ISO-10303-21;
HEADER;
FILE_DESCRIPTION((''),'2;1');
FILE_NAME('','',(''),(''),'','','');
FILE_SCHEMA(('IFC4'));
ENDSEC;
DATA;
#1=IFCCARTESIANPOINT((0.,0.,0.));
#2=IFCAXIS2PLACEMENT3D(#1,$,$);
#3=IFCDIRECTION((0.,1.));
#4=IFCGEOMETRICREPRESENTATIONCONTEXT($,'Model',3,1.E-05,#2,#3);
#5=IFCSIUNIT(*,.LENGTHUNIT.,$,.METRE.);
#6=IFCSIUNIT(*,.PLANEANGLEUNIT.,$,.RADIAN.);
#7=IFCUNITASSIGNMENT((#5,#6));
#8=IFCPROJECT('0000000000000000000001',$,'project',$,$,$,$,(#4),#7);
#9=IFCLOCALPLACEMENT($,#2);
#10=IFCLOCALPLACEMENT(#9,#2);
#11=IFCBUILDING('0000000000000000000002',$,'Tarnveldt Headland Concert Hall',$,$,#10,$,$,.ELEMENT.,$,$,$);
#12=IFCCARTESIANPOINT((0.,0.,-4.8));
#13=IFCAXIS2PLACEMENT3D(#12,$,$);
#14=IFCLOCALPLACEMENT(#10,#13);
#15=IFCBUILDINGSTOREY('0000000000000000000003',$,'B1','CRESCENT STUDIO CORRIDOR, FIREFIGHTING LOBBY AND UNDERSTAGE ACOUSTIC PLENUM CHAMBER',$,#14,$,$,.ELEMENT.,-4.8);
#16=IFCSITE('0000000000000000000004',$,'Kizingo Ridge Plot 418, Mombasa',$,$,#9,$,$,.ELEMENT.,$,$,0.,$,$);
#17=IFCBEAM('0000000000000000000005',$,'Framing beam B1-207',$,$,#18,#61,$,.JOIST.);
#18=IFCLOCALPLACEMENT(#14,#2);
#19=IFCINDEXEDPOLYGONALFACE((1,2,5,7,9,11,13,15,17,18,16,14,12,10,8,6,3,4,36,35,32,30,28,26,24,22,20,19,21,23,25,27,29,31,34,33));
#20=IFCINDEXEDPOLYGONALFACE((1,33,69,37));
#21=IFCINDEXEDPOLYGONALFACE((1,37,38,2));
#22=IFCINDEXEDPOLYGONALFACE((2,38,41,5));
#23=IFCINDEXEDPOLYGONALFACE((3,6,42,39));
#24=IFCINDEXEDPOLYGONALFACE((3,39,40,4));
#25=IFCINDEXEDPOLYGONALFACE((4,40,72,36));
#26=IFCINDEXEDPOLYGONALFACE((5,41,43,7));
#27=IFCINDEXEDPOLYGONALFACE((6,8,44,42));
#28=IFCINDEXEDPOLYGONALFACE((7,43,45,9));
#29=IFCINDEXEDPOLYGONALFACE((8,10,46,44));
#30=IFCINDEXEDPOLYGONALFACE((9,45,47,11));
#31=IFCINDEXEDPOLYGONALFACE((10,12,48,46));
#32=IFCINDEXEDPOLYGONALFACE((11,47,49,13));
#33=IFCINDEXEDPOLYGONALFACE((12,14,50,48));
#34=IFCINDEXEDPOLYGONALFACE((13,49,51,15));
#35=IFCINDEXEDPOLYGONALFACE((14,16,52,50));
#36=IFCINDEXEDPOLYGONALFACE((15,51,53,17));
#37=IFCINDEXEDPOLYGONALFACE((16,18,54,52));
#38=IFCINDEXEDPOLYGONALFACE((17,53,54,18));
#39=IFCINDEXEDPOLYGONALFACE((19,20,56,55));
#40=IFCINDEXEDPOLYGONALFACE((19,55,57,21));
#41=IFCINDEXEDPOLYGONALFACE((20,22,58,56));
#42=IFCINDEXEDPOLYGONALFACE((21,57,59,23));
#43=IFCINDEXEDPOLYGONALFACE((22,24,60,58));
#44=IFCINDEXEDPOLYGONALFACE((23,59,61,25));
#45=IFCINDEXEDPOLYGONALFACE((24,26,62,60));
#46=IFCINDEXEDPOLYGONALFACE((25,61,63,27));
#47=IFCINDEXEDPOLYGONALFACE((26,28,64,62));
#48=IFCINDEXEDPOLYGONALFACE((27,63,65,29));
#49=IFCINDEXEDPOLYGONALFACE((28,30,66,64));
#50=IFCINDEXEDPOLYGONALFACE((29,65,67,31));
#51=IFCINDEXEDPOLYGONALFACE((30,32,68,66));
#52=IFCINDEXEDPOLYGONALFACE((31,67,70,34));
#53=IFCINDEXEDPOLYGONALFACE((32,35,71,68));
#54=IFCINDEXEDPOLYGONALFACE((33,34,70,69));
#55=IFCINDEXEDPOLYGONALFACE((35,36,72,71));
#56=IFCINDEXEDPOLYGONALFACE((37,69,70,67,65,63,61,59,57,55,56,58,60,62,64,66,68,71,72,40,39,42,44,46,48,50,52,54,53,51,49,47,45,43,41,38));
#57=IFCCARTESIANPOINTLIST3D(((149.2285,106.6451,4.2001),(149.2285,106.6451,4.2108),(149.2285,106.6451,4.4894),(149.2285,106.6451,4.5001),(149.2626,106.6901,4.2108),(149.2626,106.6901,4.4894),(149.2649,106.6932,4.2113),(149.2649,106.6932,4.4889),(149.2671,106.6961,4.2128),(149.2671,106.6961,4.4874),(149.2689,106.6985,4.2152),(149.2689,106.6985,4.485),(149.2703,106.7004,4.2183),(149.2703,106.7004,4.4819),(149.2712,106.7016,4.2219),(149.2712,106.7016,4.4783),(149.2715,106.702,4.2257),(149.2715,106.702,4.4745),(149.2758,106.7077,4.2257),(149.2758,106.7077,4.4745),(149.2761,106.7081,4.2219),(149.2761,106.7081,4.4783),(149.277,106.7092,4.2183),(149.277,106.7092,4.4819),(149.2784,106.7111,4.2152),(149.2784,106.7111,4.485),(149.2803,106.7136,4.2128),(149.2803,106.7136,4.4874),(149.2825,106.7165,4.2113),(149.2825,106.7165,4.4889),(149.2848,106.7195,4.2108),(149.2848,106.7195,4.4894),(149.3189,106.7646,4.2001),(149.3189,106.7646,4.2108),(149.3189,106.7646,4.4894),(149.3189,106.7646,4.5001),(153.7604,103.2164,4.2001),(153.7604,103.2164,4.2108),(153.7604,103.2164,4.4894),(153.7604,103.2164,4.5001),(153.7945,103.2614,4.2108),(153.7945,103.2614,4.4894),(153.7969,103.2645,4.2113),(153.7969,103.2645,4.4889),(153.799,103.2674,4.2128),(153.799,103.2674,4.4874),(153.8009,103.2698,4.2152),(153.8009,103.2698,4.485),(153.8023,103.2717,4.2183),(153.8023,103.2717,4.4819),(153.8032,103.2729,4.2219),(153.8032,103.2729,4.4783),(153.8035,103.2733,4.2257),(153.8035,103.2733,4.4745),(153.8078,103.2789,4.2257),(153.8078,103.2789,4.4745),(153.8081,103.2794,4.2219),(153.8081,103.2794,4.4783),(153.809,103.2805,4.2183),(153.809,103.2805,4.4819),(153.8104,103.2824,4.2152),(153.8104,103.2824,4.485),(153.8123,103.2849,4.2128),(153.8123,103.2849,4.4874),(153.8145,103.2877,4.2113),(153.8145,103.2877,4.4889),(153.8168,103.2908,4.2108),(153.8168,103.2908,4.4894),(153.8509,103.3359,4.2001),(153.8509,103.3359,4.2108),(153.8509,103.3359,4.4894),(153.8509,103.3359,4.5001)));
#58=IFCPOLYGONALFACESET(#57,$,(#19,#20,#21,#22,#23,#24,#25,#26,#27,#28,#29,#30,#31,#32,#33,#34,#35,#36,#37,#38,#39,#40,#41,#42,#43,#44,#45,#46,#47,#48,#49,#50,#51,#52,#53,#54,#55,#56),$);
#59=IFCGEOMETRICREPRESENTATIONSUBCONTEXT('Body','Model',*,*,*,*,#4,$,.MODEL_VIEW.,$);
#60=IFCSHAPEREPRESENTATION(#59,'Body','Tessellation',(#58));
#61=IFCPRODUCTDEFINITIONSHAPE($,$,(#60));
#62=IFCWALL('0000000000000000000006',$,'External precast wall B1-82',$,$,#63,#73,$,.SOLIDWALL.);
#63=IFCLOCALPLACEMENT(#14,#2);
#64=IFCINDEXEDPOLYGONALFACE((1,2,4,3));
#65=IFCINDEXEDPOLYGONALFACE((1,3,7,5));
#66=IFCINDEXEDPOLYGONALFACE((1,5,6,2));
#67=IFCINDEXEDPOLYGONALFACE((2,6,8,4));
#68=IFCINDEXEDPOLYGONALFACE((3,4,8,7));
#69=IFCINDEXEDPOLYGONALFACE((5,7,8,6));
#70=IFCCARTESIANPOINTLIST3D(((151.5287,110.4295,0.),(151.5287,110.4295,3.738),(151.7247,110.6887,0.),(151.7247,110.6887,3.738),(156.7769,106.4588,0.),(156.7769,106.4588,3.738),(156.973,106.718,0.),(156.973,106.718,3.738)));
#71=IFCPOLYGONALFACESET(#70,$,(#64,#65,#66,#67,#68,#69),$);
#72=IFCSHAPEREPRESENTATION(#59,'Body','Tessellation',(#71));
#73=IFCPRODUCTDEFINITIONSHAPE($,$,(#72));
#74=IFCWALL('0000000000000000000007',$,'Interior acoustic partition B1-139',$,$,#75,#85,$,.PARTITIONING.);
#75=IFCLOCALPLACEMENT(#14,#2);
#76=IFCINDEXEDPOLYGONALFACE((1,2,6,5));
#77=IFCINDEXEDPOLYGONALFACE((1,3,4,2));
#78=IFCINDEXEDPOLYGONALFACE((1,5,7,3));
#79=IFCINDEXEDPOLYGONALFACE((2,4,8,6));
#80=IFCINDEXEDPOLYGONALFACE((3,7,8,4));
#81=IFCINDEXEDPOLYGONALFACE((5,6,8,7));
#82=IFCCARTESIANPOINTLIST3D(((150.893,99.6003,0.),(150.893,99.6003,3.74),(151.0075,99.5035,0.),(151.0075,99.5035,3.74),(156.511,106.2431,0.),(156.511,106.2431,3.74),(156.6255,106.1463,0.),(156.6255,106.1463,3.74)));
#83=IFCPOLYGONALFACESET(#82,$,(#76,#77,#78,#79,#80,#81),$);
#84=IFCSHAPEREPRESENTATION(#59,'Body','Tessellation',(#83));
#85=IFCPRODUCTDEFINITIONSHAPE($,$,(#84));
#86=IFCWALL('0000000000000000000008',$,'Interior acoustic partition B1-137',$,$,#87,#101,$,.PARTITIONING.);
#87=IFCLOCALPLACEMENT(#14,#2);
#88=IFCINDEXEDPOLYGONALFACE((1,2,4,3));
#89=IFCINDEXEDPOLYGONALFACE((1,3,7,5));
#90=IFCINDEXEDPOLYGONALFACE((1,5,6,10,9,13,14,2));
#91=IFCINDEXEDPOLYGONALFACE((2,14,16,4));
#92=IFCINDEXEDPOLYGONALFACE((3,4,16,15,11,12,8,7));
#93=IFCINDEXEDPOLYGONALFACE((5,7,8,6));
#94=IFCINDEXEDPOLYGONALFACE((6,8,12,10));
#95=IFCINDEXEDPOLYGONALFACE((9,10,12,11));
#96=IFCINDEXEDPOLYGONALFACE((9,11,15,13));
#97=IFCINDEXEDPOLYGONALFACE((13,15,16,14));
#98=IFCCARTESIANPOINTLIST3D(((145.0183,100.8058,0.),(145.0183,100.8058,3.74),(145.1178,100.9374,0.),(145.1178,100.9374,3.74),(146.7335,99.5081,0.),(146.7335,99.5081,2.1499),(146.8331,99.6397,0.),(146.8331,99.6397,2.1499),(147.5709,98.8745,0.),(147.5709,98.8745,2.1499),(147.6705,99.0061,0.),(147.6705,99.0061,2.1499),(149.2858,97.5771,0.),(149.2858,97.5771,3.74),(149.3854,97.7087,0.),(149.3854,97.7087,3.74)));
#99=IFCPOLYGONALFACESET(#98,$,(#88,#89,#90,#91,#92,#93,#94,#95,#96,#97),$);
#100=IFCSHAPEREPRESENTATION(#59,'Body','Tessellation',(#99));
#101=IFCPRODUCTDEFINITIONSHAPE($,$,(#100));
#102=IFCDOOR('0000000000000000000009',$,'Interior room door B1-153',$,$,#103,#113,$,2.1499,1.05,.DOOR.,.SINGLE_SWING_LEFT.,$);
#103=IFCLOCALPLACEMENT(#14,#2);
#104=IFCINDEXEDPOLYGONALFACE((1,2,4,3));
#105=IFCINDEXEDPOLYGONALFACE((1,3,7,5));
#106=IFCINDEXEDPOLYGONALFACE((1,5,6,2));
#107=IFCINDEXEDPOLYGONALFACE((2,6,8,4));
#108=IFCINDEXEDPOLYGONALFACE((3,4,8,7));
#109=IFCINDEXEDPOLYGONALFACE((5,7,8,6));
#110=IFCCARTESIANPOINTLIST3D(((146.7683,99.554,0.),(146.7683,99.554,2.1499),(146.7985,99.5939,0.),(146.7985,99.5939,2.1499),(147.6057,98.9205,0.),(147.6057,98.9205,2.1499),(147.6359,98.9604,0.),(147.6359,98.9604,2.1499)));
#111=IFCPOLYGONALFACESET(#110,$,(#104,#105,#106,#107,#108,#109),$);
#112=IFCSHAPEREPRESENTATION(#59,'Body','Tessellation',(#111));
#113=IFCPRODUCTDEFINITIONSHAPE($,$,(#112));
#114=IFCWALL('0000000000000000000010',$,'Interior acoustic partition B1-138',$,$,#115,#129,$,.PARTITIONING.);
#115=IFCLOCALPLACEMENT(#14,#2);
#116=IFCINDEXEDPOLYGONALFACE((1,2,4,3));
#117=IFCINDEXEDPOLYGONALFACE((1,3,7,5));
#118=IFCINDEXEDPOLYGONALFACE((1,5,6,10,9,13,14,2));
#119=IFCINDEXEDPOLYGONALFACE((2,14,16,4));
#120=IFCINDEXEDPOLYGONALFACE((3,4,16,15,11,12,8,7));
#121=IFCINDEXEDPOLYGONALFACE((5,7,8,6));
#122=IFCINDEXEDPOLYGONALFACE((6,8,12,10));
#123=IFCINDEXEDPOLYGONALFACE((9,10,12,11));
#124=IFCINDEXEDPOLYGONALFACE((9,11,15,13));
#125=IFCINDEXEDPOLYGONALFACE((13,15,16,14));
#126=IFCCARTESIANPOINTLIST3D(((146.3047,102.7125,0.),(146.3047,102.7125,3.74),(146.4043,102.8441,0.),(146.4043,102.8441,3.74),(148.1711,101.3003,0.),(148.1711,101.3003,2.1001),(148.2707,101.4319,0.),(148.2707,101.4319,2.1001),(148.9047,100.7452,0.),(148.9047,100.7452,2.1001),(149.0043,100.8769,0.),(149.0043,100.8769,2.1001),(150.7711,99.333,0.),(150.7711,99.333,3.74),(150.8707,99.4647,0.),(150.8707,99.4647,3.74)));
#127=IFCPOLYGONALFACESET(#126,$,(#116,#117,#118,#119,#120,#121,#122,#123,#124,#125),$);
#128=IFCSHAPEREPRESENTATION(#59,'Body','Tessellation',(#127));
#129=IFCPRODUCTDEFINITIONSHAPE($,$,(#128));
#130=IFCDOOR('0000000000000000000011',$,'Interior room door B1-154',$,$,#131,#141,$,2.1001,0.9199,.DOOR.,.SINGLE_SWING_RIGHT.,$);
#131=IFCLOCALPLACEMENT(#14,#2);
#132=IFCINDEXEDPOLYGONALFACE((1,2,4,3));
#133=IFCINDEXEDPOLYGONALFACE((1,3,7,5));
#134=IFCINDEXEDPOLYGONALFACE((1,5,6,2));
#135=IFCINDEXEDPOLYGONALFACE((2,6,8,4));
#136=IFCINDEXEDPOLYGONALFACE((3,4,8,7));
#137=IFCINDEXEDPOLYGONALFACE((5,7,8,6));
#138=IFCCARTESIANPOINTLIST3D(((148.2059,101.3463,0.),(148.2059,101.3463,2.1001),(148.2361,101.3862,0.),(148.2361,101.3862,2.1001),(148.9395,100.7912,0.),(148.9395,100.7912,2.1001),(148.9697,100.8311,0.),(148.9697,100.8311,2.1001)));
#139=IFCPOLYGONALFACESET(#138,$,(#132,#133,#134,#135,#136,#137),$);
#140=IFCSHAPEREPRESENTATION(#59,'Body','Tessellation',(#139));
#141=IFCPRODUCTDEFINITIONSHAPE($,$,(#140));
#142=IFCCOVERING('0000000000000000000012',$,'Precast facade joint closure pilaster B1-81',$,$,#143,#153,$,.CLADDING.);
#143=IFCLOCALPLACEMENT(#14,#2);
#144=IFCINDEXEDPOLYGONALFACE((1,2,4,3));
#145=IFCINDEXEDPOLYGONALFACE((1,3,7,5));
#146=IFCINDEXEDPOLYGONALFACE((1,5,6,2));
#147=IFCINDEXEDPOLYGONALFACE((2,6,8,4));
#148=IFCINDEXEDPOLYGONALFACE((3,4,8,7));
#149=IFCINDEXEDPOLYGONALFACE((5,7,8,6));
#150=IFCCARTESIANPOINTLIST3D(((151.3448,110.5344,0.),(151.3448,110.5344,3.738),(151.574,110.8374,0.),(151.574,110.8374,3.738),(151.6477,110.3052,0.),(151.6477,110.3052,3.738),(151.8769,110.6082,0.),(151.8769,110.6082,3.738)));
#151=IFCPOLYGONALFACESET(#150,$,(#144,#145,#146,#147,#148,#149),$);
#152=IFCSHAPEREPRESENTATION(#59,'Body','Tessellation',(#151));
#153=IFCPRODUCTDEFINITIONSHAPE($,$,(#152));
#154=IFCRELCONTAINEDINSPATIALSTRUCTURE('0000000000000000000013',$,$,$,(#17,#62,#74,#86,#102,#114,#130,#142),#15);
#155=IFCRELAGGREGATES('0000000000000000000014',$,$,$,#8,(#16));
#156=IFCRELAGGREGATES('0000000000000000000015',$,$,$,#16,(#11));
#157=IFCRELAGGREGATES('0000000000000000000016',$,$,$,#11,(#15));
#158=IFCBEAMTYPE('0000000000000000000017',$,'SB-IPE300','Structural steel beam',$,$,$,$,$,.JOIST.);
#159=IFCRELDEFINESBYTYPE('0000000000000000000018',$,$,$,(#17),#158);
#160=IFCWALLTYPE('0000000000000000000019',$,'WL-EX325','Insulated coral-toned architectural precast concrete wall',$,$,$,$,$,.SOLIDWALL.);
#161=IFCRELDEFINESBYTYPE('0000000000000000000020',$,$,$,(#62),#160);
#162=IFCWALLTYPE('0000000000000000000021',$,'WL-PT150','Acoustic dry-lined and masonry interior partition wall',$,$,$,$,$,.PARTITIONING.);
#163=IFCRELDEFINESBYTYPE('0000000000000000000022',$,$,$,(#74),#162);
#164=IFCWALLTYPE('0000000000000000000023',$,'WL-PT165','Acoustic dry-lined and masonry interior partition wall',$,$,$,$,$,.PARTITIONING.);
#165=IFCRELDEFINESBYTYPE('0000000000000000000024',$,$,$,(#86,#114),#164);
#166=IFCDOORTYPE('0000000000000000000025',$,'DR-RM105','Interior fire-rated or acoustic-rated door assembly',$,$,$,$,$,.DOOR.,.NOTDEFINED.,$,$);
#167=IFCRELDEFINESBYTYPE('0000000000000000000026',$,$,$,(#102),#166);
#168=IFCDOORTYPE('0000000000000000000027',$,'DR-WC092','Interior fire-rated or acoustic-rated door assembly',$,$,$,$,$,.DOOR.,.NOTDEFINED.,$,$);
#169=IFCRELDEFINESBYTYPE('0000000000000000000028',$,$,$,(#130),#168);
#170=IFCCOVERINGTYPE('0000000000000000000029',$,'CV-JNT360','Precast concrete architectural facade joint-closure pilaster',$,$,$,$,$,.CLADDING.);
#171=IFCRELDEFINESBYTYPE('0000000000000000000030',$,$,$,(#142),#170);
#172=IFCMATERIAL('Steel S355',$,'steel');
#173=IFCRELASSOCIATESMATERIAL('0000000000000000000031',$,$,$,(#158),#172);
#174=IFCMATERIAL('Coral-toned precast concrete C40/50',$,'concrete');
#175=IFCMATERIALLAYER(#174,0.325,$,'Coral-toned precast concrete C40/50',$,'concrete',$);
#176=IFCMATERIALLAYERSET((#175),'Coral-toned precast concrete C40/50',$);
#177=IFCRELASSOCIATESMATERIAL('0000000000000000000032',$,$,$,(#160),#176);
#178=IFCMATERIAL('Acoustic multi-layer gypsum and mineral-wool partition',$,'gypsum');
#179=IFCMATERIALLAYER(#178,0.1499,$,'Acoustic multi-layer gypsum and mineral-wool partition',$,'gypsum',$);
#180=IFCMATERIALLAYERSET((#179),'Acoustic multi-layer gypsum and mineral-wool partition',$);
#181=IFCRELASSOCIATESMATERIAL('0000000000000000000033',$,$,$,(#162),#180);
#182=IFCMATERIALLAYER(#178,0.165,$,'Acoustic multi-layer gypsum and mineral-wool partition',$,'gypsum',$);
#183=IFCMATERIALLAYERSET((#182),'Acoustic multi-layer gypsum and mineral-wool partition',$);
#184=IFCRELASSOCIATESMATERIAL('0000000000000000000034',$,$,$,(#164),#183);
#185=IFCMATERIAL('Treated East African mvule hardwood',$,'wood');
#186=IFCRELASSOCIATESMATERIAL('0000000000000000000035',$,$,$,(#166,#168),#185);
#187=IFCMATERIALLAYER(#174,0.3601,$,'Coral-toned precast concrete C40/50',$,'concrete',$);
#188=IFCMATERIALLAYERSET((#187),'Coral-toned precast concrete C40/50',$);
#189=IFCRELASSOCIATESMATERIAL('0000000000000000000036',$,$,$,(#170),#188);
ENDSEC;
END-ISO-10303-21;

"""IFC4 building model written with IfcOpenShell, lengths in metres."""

from ifc_helpers import new_model, si_unit, direction, frame, frame_2d, origin, origin_2d, place, context, subcontext, project, spatial, rectangle, i_section, extrude, material, layer, layer_set, material_profile, profile_set, type_object, element, fill, save


model = new_model("IFC4")

# Units and contexts
model_context = context("Model", 3, precision=1e-05, world=origin(), true_north=direction((0.0, 1.0)))
body_context = subcontext(model_context, "Body", "Model", "MODEL_VIEW")
ifc_project = project(units=[si_unit("LENGTHUNIT", "METRE"), si_unit("PLANEANGLEUNIT", "RADIAN")], contexts=[model_context])

# Site, building, storey
site_placement = place(None, origin())
site = spatial("IfcSite", under=ifc_project, at=site_placement, Name="Kizingo Ridge Plot 418, Mombasa", CompositionType="ELEMENT", RefElevation=0.0)
building_placement = place(site_placement, origin())
building = spatial("IfcBuilding", under=site, at=building_placement, Name="Tarnveldt Headland Concert Hall", CompositionType="ELEMENT")
storey_placement = place(building_placement, frame((0.0, 0.0, -4.8)))
storey = spatial("IfcBuildingStorey", under=building, at=storey_placement, Name="B1", Description="CRESCENT STUDIO CORRIDOR, FIREFIGHTING LOBBY AND UNDERSTAGE ACOUSTIC PLENUM CHAMBER", CompositionType="ELEMENT", Elevation=-4.8)

# Beam
ifc_material_1 = material(Name="Steel S355", Category="steel")
ifc_material_profile_1 = material_profile(ifc_material_1, i_section(OverallWidth=0.1499, OverallDepth=0.3, WebThickness=0.0071, FlangeThickness=0.0107, FilletRadius=0.0149, at=origin_2d()), Name="IPE300", Category="steel")
ifc_profile_set_1 = profile_set([ifc_material_profile_1], Name="Steel S355")
beam_type_1 = type_object("IfcBeamType", Name="SB-IPE300", Description="Structural steel beam", PredefinedType="JOIST", material=ifc_profile_set_1)
beam_1_placement = place(storey_placement, frame((153.8057, 103.2761, 4.3501), z_axis=(-0.797482, 0.603342, 0.0), x_axis=(-0.603342, -0.797482, 0.0)))
element("IfcBeam", 1, at=beam_1_placement, inside=storey, type_object=beam_type_1, Name="Framing beam B1-207", PredefinedType="JOIST", context=body_context, shape_type="SweptSolid", body=[
    extrude(i_section(OverallWidth=0.1499, OverallDepth=0.3, WebThickness=0.0071, FlangeThickness=0.0107, FilletRadius=0.0149, at=origin_2d()), origin(), (0.0, 0.0, 1.0), 5.6829),
])

# Walls
ifc_material_2 = material(Name="Coral-toned precast concrete C40/50", Category="concrete")
ifc_layer_1 = layer(ifc_material_2, 0.325, Name="Coral-toned precast concrete C40/50", Category="concrete")
ifc_layer_set_1 = layer_set([ifc_layer_1], Name="Coral-toned precast concrete C40/50")
wall_type_1 = type_object("IfcWallType", Name="WL-EX325", Description="Insulated coral-toned architectural precast concrete wall", PredefinedType="SOLIDWALL", material=ifc_layer_set_1)
wall_1_placement = place(storey_placement, frame((151.6267, 110.5591, 0.0), z_axis=(0.0, 0.0, 1.0), x_axis=(0.797478, -0.603348, 0.0)))
element("IfcWall", 2, at=wall_1_placement, inside=storey, type_object=wall_type_1, Name="External precast wall B1-82", PredefinedType="SOLIDWALL", context=body_context, shape_type="SweptSolid", body=[
    extrude(rectangle(XDim=6.5811, YDim=0.325, at=frame_2d((3.2905, 0.0))), origin(), (0.0, 0.0, 1.0), 3.738),
])
ifc_material_3 = material(Name="Acoustic multi-layer gypsum and mineral-wool partition", Category="gypsum")
ifc_layer_2 = layer(ifc_material_3, 0.1499, Name="Acoustic multi-layer gypsum and mineral-wool partition", Category="gypsum")
ifc_layer_set_2 = layer_set([ifc_layer_2], Name="Acoustic multi-layer gypsum and mineral-wool partition")
wall_type_2 = type_object("IfcWallType", Name="WL-PT150", Description="Acoustic dry-lined and masonry interior partition wall", PredefinedType="PARTITIONING", material=ifc_layer_set_2)
wall_2_placement = place(storey_placement, frame((150.9502, 99.5518, 0.0), z_axis=(0.0, 0.0, 1.0), x_axis=(0.645746, 0.763552, 0.0)))
element("IfcWall", 3, at=wall_2_placement, inside=storey, type_object=wall_type_2, Name="Interior acoustic partition B1-139", PredefinedType="PARTITIONING", context=body_context, shape_type="SweptSolid", body=[
    extrude(rectangle(XDim=8.7, YDim=0.1499, at=frame_2d((4.3501, 0.0))), origin(), (0.0, 0.0, 1.0), 3.74),
])

# Walls, openings, doors
ifc_layer_3 = layer(ifc_material_3, 0.165, Name="Acoustic multi-layer gypsum and mineral-wool partition", Category="gypsum")
ifc_layer_set_3 = layer_set([ifc_layer_3], Name="Acoustic multi-layer gypsum and mineral-wool partition")
wall_type_3 = type_object("IfcWallType", Name="WL-PT165", Description="Acoustic dry-lined and masonry interior partition wall", PredefinedType="PARTITIONING", material=ifc_layer_set_3)
wall_3_placement = place(storey_placement, frame((149.3357, 97.6428, 0.0), z_axis=(0.0, 0.0, 1.0), x_axis=(-0.797475, 0.603353, 0.0)))
wall_3 = element("IfcWall", 4, at=wall_3_placement, inside=storey, type_object=wall_type_3, Name="Interior acoustic partition B1-137", PredefinedType="PARTITIONING", context=body_context, shape_type="SweptSolid", body=[
    extrude(rectangle(XDim=5.3513, YDim=0.165, at=frame_2d((2.6758, 0.0))), origin(), (0.0, 0.0, 1.0), 3.74),
])
opening_1_placement = place(wall_3_placement, frame((2.1506, 0.0, 0.0)))
opening_1 = element("IfcOpeningElement", 5, at=opening_1_placement, cuts=wall_3, PredefinedType="OPENING", context=body_context, shape_type="SweptSolid", body=[
    extrude(rectangle(XDim=1.05, YDim=2.1499, at=frame_2d((0.5249, 1.075))), frame((0.0, 0.0925, 0.0), z_axis=(0.0, -1.0, 0.0), x_axis=(1.0, 0.0, 0.0)), (0.0, 0.0, 1.0), 0.1851),
])
ifc_material_4 = material(Name="Treated East African mvule hardwood", Category="wood")
door_type_1 = type_object("IfcDoorType", Name="DR-RM105", Description="Interior fire-rated or acoustic-rated door assembly", OperationType="NOTDEFINED", PredefinedType="DOOR", material=ifc_material_4)
door_1_placement = place(opening_1_placement, origin())
door_1 = element("IfcDoor", 6, at=door_1_placement, inside=storey, type_object=door_type_1, Name="Interior room door B1-153", OperationType="SINGLE_SWING_LEFT", OverallHeight=2.1499, OverallWidth=1.05, PredefinedType="DOOR", context=body_context, shape_type="SweptSolid", body=[
    extrude(rectangle(XDim=1.05, YDim=2.1499, at=frame_2d((0.5249, 1.075))), frame((0.0, 0.0249, 0.0), z_axis=(0.0, -1.0, 0.0), x_axis=(1.0, 0.0, 0.0)), (0.0, 0.0, 1.0), 0.05),
])
fill(opening_1, door_1)
wall_4_placement = place(storey_placement, frame((150.8208, 99.3989, 0.0), z_axis=(0.0, 0.0, 1.0), x_axis=(-0.797451, 0.603384, 0.0)))
wall_4 = element("IfcWall", 7, at=wall_4_placement, inside=storey, type_object=wall_type_3, Name="Interior acoustic partition B1-138", PredefinedType="PARTITIONING", context=body_context, shape_type="SweptSolid", body=[
    extrude(rectangle(XDim=5.6008, YDim=0.165, at=frame_2d((2.8003, 0.0))), origin(), (0.0, 0.0, 1.0), 3.74),
])
opening_2_placement = place(wall_4_placement, frame((2.3403, 0.0, 0.0)))
opening_2 = element("IfcOpeningElement", 8, at=opening_2_placement, cuts=wall_4, PredefinedType="OPENING", context=body_context, shape_type="SweptSolid", body=[
    extrude(rectangle(XDim=0.9199, YDim=2.1001, at=frame_2d((0.46, 1.05))), frame((0.0, 0.0925, 0.0), z_axis=(0.0, -1.0, 0.0), x_axis=(1.0, 0.0, 0.0)), (0.0, 0.0, 1.0), 0.1851),
])
door_type_2 = type_object("IfcDoorType", Name="DR-WC092", Description="Interior fire-rated or acoustic-rated door assembly", OperationType="NOTDEFINED", PredefinedType="DOOR", material=ifc_material_4)
door_2_placement = place(opening_2_placement, origin())
door_2 = element("IfcDoor", 9, at=door_2_placement, inside=storey, type_object=door_type_2, Name="Interior room door B1-154", OperationType="SINGLE_SWING_RIGHT", OverallHeight=2.1001, OverallWidth=0.9199, PredefinedType="DOOR", context=body_context, shape_type="SweptSolid", body=[
    extrude(rectangle(XDim=0.9199, YDim=2.1001, at=frame_2d((0.46, 1.05))), frame((0.0, 0.0249, 0.0), z_axis=(0.0, -1.0, 0.0), x_axis=(1.0, 0.0, 0.0)), (0.0, 0.0, 1.0), 0.05),
])
fill(opening_2, door_2)

# Covering
ifc_layer_4 = layer(ifc_material_2, 0.3601, Name="Coral-toned precast concrete C40/50", Category="concrete")
ifc_layer_set_4 = layer_set([ifc_layer_4], Name="Coral-toned precast concrete C40/50")
covering_type = type_object("IfcCoveringType", Name="CV-JNT360", Description="Precast concrete architectural facade joint-closure pilaster", PredefinedType="CLADDING", material=ifc_layer_set_4)
covering_placement = place(storey_placement, frame((151.6108, 110.5713, 0.0), z_axis=(0.0, 0.0, 1.0), x_axis=(0.797479, -0.603347, 0.0)))
element("IfcCovering", 10, at=covering_placement, inside=storey, type_object=covering_type, Name="Precast facade joint closure pilaster B1-81", PredefinedType="CLADDING", context=body_context, shape_type="SweptSolid", body=[
    extrude(rectangle(XDim=0.3799, YDim=0.3799, at=origin_2d()), origin(), (0.0, 0.0, 1.0), 3.738),
])

save(model, "model.ifc")
